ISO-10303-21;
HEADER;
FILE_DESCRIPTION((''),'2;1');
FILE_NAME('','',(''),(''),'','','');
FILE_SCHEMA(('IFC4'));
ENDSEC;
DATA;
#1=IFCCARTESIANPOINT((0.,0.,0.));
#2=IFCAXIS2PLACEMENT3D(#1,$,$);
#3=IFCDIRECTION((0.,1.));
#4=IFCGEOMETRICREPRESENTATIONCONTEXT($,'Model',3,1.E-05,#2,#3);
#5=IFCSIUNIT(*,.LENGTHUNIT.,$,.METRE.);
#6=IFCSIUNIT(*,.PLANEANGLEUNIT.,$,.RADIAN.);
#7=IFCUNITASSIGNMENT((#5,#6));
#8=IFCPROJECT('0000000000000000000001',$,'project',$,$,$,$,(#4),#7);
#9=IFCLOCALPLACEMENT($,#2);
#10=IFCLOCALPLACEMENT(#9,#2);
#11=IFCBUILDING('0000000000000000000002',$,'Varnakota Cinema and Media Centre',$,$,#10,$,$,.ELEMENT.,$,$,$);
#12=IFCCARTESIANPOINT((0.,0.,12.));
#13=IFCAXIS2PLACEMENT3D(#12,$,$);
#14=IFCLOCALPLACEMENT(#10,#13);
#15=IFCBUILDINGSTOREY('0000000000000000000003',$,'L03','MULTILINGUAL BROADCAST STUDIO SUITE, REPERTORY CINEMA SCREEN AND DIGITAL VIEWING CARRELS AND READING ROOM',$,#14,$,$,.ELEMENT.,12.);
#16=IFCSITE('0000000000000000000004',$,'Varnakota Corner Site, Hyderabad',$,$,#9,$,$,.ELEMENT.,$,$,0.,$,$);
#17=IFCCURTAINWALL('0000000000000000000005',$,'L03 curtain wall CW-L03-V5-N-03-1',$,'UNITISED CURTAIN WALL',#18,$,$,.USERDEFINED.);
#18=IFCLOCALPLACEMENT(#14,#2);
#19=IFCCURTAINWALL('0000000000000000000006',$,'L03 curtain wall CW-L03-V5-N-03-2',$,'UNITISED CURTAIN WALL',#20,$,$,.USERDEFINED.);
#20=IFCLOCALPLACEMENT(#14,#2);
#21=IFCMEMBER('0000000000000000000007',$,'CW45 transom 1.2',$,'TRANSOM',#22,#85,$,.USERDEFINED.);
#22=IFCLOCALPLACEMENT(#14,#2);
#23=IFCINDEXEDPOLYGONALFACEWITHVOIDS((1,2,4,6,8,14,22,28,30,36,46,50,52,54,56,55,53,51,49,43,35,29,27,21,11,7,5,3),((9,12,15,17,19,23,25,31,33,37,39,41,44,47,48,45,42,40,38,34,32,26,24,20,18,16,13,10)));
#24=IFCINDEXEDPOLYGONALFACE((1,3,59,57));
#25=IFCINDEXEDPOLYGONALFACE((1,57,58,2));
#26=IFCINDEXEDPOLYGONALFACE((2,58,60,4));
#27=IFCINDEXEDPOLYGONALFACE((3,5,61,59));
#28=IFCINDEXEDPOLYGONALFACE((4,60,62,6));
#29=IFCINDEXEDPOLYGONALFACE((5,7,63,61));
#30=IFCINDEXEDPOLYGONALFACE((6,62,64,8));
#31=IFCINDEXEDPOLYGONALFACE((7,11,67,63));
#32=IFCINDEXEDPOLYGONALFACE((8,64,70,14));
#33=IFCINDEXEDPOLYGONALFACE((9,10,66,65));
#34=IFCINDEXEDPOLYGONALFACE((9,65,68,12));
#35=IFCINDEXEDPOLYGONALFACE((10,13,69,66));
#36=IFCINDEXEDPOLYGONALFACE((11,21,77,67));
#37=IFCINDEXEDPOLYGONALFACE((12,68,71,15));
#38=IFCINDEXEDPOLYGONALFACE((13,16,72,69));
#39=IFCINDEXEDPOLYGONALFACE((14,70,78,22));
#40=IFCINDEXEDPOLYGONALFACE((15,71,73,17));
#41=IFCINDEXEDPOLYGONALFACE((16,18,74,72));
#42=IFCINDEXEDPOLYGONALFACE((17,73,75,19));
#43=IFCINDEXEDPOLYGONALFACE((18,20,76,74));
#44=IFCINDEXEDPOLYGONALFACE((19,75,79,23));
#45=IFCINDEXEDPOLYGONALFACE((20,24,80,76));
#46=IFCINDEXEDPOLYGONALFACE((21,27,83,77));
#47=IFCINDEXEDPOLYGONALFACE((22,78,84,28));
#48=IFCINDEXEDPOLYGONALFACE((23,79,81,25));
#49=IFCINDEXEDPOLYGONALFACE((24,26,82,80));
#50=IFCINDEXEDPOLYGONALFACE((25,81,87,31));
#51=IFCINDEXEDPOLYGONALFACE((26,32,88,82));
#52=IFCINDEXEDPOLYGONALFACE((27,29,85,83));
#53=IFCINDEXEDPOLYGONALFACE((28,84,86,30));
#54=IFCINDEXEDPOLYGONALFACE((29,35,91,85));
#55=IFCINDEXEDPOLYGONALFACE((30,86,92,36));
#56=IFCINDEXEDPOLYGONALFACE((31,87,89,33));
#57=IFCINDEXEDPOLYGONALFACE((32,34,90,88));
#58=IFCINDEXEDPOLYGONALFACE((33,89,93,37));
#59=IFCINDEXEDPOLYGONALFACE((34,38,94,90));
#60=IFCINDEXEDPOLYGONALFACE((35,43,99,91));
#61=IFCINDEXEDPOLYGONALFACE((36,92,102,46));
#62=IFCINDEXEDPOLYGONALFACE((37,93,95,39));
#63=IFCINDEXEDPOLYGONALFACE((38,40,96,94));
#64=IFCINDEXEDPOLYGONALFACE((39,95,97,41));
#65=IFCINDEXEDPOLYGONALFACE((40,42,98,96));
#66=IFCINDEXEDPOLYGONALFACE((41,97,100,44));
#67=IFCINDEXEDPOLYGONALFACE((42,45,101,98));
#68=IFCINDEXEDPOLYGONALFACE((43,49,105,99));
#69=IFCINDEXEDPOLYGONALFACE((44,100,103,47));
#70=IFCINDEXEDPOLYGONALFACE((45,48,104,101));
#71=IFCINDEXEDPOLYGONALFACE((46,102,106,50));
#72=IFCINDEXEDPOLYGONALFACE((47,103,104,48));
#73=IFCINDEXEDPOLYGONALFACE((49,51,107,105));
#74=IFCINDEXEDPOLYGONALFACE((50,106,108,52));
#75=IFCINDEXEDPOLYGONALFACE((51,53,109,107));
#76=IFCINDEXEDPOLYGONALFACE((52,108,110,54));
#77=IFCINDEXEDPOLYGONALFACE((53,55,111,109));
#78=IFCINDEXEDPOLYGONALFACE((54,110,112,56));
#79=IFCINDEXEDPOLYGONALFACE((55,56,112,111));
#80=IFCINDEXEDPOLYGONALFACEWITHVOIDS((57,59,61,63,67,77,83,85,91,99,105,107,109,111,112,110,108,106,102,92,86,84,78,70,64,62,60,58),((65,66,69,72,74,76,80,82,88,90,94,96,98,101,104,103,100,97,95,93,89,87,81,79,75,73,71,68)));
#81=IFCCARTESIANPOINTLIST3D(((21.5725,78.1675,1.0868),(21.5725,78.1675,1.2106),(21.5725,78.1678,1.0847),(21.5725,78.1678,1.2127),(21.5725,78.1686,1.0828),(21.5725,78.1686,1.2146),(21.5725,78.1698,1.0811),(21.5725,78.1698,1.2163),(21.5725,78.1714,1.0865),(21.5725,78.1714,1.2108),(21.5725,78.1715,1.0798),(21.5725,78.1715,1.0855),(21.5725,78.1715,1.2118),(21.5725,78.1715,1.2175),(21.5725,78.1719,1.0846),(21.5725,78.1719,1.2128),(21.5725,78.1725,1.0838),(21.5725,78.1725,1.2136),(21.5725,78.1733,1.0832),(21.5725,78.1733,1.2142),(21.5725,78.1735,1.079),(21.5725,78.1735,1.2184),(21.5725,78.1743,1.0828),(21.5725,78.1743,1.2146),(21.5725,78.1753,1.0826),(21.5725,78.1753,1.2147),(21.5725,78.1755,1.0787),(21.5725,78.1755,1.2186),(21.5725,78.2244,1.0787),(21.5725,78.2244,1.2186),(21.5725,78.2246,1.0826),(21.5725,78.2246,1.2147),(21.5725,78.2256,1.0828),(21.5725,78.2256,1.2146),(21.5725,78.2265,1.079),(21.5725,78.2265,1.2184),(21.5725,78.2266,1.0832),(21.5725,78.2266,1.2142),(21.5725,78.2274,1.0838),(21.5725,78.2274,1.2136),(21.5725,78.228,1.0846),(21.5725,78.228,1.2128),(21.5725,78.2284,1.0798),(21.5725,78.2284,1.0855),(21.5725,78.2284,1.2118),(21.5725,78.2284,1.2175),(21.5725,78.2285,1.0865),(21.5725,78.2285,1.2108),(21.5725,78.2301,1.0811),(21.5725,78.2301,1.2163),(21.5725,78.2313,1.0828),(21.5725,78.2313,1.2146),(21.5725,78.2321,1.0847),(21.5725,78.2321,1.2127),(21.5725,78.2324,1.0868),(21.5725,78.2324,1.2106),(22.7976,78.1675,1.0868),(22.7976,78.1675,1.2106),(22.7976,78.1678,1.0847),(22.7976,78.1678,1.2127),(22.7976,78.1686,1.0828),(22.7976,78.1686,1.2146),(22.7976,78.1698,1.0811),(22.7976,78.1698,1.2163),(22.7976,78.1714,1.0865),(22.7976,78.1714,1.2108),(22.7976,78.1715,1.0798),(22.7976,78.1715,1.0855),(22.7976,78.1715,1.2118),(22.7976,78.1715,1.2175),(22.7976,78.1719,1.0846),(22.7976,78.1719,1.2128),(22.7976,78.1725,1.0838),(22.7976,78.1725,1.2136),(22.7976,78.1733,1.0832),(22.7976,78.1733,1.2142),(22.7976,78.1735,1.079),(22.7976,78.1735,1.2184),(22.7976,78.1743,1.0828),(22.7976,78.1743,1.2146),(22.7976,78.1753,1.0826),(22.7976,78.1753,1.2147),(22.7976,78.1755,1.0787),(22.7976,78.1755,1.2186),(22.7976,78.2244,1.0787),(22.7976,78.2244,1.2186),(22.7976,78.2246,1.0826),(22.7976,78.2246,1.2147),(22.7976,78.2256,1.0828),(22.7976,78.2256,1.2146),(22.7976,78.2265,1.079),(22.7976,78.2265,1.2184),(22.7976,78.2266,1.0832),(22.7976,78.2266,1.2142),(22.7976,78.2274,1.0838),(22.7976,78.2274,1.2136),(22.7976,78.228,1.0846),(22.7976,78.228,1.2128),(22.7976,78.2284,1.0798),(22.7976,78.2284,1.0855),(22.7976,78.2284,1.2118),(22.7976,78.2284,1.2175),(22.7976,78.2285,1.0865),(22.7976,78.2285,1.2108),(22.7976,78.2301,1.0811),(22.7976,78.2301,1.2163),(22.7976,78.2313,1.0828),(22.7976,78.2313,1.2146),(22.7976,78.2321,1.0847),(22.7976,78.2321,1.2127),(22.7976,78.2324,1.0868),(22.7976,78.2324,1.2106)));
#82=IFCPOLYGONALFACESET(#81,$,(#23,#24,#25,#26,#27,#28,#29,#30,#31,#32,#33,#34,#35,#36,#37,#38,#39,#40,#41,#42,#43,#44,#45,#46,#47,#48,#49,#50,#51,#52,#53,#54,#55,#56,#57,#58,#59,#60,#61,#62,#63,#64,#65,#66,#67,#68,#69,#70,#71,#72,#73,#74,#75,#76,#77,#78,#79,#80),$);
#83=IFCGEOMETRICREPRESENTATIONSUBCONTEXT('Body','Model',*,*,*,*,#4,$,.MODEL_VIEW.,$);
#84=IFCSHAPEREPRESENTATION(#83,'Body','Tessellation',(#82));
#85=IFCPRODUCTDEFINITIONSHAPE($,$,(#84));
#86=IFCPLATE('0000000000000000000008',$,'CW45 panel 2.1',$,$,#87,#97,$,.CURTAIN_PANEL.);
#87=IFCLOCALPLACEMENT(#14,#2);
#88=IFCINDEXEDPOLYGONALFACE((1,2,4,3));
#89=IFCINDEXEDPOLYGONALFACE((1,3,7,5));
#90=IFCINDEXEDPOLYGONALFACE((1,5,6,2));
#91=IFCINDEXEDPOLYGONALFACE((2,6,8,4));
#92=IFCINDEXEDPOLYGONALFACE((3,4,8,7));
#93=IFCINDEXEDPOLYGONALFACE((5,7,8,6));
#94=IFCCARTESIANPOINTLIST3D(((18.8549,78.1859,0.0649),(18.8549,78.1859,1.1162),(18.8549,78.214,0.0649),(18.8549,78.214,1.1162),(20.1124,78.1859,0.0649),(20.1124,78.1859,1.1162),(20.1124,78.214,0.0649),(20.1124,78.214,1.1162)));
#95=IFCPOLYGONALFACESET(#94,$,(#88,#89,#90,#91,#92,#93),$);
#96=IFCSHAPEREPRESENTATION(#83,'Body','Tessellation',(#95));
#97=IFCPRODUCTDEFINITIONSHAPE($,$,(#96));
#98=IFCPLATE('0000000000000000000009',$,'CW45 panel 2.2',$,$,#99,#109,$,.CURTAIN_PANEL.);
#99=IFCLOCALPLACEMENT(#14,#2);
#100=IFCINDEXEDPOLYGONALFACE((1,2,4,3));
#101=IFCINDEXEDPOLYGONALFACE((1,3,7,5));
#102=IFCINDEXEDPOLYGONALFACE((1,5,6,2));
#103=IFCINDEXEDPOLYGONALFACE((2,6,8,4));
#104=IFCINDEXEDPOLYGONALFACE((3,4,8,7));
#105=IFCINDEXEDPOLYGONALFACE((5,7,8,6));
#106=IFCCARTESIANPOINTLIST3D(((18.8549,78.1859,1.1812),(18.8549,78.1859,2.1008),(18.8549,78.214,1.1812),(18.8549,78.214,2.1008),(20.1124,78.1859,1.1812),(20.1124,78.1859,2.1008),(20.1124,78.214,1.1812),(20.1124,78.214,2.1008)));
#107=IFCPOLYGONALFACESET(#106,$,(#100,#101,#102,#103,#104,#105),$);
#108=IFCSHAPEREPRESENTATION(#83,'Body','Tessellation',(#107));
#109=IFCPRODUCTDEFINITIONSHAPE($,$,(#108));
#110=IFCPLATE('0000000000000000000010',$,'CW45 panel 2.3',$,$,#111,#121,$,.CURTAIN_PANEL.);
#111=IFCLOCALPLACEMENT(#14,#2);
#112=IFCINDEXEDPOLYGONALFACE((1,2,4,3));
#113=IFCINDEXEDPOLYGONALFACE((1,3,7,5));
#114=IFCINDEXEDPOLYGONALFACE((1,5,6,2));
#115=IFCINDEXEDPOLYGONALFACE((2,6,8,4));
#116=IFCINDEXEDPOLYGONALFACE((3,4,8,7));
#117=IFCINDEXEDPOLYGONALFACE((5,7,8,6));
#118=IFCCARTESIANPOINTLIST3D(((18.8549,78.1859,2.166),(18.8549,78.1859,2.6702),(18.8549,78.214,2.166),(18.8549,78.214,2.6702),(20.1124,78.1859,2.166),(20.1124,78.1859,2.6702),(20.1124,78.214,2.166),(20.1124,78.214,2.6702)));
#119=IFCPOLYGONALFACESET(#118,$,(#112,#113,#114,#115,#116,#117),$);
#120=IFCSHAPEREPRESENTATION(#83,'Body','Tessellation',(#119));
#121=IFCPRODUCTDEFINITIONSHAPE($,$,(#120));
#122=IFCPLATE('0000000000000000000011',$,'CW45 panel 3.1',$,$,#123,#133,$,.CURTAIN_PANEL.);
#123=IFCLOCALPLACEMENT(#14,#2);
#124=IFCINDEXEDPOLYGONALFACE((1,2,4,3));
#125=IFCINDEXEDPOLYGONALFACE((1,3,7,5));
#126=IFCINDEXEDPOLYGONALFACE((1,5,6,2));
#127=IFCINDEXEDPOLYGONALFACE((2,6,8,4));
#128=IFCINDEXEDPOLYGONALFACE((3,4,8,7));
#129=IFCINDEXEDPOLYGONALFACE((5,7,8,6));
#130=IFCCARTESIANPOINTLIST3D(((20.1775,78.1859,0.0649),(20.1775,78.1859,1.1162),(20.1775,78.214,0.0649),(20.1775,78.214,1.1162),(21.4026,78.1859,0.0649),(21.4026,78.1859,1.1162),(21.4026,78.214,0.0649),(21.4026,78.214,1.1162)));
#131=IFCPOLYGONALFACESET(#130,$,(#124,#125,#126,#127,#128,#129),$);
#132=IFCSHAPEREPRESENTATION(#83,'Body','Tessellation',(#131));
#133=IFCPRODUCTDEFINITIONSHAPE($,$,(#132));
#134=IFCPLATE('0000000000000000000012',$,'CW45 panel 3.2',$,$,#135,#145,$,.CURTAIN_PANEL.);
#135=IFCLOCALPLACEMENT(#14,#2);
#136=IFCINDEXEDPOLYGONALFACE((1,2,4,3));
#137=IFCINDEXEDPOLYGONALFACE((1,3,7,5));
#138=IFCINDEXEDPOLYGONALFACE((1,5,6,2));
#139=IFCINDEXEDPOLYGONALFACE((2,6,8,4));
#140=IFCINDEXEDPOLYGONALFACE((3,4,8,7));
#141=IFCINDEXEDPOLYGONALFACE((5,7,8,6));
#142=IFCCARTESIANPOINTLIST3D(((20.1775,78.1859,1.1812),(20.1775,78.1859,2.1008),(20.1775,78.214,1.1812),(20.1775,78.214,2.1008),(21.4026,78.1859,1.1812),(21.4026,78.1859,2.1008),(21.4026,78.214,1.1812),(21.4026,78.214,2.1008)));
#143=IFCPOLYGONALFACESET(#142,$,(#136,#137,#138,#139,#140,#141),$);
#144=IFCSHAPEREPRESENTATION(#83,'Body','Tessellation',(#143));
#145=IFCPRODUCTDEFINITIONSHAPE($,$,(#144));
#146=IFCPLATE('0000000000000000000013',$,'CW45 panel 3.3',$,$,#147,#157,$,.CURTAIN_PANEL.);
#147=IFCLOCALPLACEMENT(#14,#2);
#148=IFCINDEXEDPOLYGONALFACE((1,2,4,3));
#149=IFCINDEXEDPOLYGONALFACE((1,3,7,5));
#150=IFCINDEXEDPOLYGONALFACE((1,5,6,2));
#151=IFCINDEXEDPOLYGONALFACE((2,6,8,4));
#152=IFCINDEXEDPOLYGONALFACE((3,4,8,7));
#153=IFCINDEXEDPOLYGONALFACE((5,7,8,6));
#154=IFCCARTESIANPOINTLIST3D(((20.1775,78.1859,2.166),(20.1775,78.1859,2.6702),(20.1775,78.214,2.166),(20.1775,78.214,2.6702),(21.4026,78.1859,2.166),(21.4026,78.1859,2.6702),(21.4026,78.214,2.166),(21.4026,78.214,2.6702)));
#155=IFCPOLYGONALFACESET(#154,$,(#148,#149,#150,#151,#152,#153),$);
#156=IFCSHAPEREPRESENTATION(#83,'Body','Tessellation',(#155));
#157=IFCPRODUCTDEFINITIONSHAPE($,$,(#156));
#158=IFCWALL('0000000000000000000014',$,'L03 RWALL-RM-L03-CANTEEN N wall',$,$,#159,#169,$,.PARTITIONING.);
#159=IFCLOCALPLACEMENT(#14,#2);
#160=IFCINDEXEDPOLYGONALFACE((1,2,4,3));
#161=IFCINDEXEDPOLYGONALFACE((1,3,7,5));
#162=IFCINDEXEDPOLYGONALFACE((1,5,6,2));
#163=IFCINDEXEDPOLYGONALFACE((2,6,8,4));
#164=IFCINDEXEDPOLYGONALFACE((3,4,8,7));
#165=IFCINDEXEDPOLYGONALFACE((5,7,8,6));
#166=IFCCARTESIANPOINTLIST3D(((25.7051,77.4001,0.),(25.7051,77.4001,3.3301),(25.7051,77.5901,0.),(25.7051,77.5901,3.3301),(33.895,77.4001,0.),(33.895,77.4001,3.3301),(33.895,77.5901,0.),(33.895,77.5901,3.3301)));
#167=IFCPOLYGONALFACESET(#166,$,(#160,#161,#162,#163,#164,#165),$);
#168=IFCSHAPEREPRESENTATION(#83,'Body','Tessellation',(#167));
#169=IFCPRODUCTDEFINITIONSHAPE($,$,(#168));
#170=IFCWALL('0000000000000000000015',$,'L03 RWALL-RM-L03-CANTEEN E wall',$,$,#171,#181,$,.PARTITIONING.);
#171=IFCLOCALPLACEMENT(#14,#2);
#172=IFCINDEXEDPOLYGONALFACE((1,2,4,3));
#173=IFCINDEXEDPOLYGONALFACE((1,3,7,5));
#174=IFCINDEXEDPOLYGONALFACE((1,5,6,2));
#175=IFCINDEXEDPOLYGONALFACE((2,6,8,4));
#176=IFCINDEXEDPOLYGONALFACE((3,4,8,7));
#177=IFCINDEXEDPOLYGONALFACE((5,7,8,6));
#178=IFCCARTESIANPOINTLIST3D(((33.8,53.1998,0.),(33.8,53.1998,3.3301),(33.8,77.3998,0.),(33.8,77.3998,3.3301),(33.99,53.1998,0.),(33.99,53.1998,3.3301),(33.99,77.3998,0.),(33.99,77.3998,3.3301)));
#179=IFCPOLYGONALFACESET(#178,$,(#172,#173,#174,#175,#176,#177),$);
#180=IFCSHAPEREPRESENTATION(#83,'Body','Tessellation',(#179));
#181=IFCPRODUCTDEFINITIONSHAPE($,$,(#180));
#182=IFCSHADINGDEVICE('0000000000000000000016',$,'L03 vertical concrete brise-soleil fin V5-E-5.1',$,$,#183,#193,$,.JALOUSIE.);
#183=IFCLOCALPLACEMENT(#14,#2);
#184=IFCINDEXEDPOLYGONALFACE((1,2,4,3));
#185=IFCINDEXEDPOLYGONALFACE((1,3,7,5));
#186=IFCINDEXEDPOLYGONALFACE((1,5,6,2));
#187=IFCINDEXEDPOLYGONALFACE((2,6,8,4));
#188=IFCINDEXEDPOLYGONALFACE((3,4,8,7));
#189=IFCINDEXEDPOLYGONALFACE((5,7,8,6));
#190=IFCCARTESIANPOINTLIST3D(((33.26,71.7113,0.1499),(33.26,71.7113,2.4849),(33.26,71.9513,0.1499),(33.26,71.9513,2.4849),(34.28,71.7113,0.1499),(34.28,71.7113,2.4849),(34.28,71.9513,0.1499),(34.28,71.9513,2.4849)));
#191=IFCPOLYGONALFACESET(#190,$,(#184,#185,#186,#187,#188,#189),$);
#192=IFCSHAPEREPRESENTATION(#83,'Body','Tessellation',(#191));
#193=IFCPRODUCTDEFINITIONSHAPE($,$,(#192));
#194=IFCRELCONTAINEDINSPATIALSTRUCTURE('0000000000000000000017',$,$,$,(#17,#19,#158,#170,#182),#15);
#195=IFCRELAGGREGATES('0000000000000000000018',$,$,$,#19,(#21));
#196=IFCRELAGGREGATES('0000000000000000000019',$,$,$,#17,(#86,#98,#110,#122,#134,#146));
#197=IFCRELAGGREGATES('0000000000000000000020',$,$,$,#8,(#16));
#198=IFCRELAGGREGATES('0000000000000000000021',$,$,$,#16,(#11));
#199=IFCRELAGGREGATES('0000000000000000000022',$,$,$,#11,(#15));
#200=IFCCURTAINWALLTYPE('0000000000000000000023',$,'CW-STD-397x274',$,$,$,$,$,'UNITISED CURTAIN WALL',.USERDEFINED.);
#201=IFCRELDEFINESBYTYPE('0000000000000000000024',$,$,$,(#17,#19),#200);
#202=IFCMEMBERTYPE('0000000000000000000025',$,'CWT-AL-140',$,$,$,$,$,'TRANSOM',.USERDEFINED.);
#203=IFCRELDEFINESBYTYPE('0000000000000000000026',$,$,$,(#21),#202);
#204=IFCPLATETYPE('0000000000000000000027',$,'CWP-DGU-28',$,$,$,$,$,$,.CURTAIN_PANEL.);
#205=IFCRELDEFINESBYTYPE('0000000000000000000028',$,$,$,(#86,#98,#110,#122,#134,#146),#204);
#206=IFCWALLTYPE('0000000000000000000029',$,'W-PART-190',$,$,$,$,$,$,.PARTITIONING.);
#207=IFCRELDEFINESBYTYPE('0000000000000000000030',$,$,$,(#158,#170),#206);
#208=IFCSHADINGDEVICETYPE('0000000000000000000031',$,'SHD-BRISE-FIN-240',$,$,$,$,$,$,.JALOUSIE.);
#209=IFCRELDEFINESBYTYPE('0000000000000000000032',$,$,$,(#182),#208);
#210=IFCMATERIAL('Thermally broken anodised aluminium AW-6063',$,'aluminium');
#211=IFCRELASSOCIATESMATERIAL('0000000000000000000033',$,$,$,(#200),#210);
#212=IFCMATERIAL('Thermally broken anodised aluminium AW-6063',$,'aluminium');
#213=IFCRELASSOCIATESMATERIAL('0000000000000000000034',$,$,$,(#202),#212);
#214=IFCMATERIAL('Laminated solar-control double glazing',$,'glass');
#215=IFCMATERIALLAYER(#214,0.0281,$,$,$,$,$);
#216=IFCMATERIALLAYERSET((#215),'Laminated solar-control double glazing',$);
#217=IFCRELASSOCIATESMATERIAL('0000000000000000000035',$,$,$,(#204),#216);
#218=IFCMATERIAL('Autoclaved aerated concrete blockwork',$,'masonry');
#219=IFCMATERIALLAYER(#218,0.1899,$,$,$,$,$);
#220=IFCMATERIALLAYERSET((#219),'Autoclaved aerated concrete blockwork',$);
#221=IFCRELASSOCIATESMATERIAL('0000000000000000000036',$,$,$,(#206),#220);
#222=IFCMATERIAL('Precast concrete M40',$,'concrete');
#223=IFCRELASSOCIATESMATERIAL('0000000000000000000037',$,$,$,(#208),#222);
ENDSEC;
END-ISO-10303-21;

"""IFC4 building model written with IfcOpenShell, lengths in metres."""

from ifc_helpers import new_model, si_unit, direction, frame, frame_2d, origin, origin_2d, place, context, subcontext, project, spatial, rectangle, hollow_rectangle, extrude, material, layer, layer_set, material_profile, profile_set, type_object, element, aggregate, save


model = new_model("IFC4")

# Units and contexts
model_context = context("Model", 3, precision=1e-05, world=origin(), true_north=direction((0.0, 1.0)))
body_context = subcontext(model_context, "Body", "Model", "MODEL_VIEW")
ifc_project = project(units=[si_unit("LENGTHUNIT", "METRE"), si_unit("PLANEANGLEUNIT", "RADIAN")], contexts=[model_context])

# Site, building, storey
site_placement = place(None, origin())
site = spatial("IfcSite", under=ifc_project, at=site_placement, Name="Varnakota Corner Site, Hyderabad", CompositionType="ELEMENT", RefElevation=0.0)
building_placement = place(site_placement, origin())
building = spatial("IfcBuilding", under=site, at=building_placement, Name="Varnakota Cinema and Media Centre", CompositionType="ELEMENT")
storey_placement = place(building_placement, frame((0.0, 0.0, 12.0)))
storey = spatial("IfcBuildingStorey", under=building, at=storey_placement, Name="L03", Description="MULTILINGUAL BROADCAST STUDIO SUITE, REPERTORY CINEMA SCREEN AND DIGITAL VIEWING CARRELS AND READING ROOM", CompositionType="ELEMENT", Elevation=12.0)

# Curtain wall
ifc_material_1 = material(Name="Thermally broken anodised aluminium AW-6063", Category="aluminium")
curtain_wall_type_1 = type_object("IfcCurtainWallType", Name="CW-STD-397x274", ElementType="UNITISED CURTAIN WALL", PredefinedType="USERDEFINED", material=ifc_material_1)
curtain_wall_1_placement = place(storey_placement, origin())
curtain_wall_1 = element("IfcCurtainWall", 1, at=curtain_wall_1_placement, inside=storey, type_object=curtain_wall_type_1, Name="L03 curtain wall CW-L03-V5-N-03-1", ObjectType="UNITISED CURTAIN WALL", PredefinedType="USERDEFINED")

# Curtain wall
curtain_wall_2_placement = place(storey_placement, origin())
curtain_wall_2 = element("IfcCurtainWall", 2, at=curtain_wall_2_placement, inside=storey, type_object=curtain_wall_type_1, Name="L03 curtain wall CW-L03-V5-N-03-2", ObjectType="UNITISED CURTAIN WALL", PredefinedType="USERDEFINED")

# Member
ifc_material_2 = material(Name="Thermally broken anodised aluminium AW-6063", Category="aluminium")
ifc_material_profile_1 = material_profile(ifc_material_2, hollow_rectangle(XDim=0.0649, YDim=0.1399, WallThickness=0.0039, InnerFilletRadius=0.0039, OuterFilletRadius=0.0081, at=origin_2d()), Name="AL-TRANSOM 140x65x4")
ifc_profile_set_1 = profile_set([ifc_material_profile_1], Name="Thermally broken anodised aluminium AW-6063")
member_type_1 = type_object("IfcMemberType", Name="CWT-AL-140", ElementType="TRANSOM", PredefinedType="USERDEFINED", material=ifc_profile_set_1)
member_1_placement = place(storey_placement, frame((21.5725, 78.2, 1.1487), z_axis=(1.0, 0.0, 0.0), x_axis=(0.0, 1.0, 0.0)))
member_1 = element("IfcMember", 3, at=member_1_placement, type_object=member_type_1, Name="CW45 transom 1.2", ObjectType="TRANSOM", PredefinedType="USERDEFINED", context=body_context, shape_type="SweptSolid", body=[
    extrude(hollow_rectangle(XDim=0.0649, YDim=0.1399, WallThickness=0.0039, InnerFilletRadius=0.0039, OuterFilletRadius=0.0081, at=origin_2d()), origin(), (0.0, 0.0, 1.0), 1.2251),
])
aggregate(curtain_wall_2, [member_1])

# Plates
ifc_material_3 = material(Name="Laminated solar-control double glazing", Category="glass")
ifc_layer_1 = layer(ifc_material_3, 0.0281)
ifc_layer_set_1 = layer_set([ifc_layer_1], Name="Laminated solar-control double glazing")
plate_type = type_object("IfcPlateType", Name="CWP-DGU-28", PredefinedType="CURTAIN_PANEL", material=ifc_layer_set_1)
plate_1_placement = place(storey_placement, frame((19.4836, 78.2, 0.0649), z_axis=(0.0, 0.0, 1.0), x_axis=(1.0, 0.0, 0.0)))
plate_1 = element("IfcPlate", 4, at=plate_1_placement, type_object=plate_type, Name="CW45 panel 2.1", PredefinedType="CURTAIN_PANEL", context=body_context, shape_type="SweptSolid", body=[
    extrude(rectangle(XDim=1.2576, YDim=0.0281, at=origin_2d()), origin(), (0.0, 0.0, 1.0), 1.0513),
])
plate_2_placement = place(storey_placement, frame((19.4836, 78.2, 1.1812), z_axis=(0.0, 0.0, 1.0), x_axis=(1.0, 0.0, 0.0)))
plate_2 = element("IfcPlate", 5, at=plate_2_placement, type_object=plate_type, Name="CW45 panel 2.2", PredefinedType="CURTAIN_PANEL", context=body_context, shape_type="SweptSolid", body=[
    extrude(rectangle(XDim=1.2576, YDim=0.0281, at=origin_2d()), origin(), (0.0, 0.0, 1.0), 0.9197),
])
plate_3_placement = place(storey_placement, frame((19.4836, 78.2, 2.166), z_axis=(0.0, 0.0, 1.0), x_axis=(1.0, 0.0, 0.0)))
plate_3 = element("IfcPlate", 6, at=plate_3_placement, type_object=plate_type, Name="CW45 panel 2.3", PredefinedType="CURTAIN_PANEL", context=body_context, shape_type="SweptSolid", body=[
    extrude(rectangle(XDim=1.2576, YDim=0.0281, at=origin_2d()), origin(), (0.0, 0.0, 1.0), 0.5042),
])
plate_4_placement = place(storey_placement, frame((20.79, 78.2, 0.0649), z_axis=(0.0, 0.0, 1.0), x_axis=(1.0, 0.0, 0.0)))
plate_4 = element("IfcPlate", 7, at=plate_4_placement, type_object=plate_type, Name="CW45 panel 3.1", PredefinedType="CURTAIN_PANEL", context=body_context, shape_type="SweptSolid", body=[
    extrude(rectangle(XDim=1.2251, YDim=0.0281, at=origin_2d()), origin(), (0.0, 0.0, 1.0), 1.0513),
])
plate_5_placement = place(storey_placement, frame((20.79, 78.2, 1.1812), z_axis=(0.0, 0.0, 1.0), x_axis=(1.0, 0.0, 0.0)))
plate_5 = element("IfcPlate", 8, at=plate_5_placement, type_object=plate_type, Name="CW45 panel 3.2", PredefinedType="CURTAIN_PANEL", context=body_context, shape_type="SweptSolid", body=[
    extrude(rectangle(XDim=1.2251, YDim=0.0281, at=origin_2d()), origin(), (0.0, 0.0, 1.0), 0.9197),
])
plate_6_placement = place(storey_placement, frame((20.79, 78.2, 2.166), z_axis=(0.0, 0.0, 1.0), x_axis=(1.0, 0.0, 0.0)))
plate_6 = element("IfcPlate", 9, at=plate_6_placement, type_object=plate_type, Name="CW45 panel 3.3", PredefinedType="CURTAIN_PANEL", context=body_context, shape_type="SweptSolid", body=[
    extrude(rectangle(XDim=1.2251, YDim=0.0281, at=origin_2d()), origin(), (0.0, 0.0, 1.0), 0.5042),
])
aggregate(curtain_wall_1, [plate_1, plate_2, plate_3, plate_4, plate_5, plate_6])

# Walls
ifc_material_4 = material(Name="Autoclaved aerated concrete blockwork", Category="masonry")
ifc_layer_2 = layer(ifc_material_4, 0.1899)
ifc_layer_set_2 = layer_set([ifc_layer_2], Name="Autoclaved aerated concrete blockwork")
wall_type = type_object("IfcWallType", Name="W-PART-190", PredefinedType="PARTITIONING", material=ifc_layer_set_2)
wall_1_placement = place(storey_placement, frame((25.7051, 77.4951, 0.0), z_axis=(0.0, 0.0, 1.0), x_axis=(1.0, 0.0, 0.0)))
element("IfcWall", 10, at=wall_1_placement, inside=storey, type_object=wall_type, Name="L03 RWALL-RM-L03-CANTEEN N wall", PredefinedType="PARTITIONING", context=body_context, shape_type="SweptSolid", body=[
    extrude(rectangle(XDim=8.1899, YDim=0.1899, at=frame_2d((4.095, 0.0))), origin(), (0.0, 0.0, 1.0), 3.3301),
])
wall_2_placement = place(storey_placement, frame((33.895, 77.3999, 0.0), z_axis=(0.0, 0.0, 1.0), x_axis=(0.0, -1.0, 0.0)))
element("IfcWall", 11, at=wall_2_placement, inside=storey, type_object=wall_type, Name="L03 RWALL-RM-L03-CANTEEN E wall", PredefinedType="PARTITIONING", context=body_context, shape_type="SweptSolid", body=[
    extrude(rectangle(XDim=24.2, YDim=0.1899, at=frame_2d((12.1001, 0.0))), origin(), (0.0, 0.0, 1.0), 3.3301),
])

# Shading device
ifc_material_5 = material(Name="Precast concrete M40", Category="concrete")
shading_device_type = type_object("IfcShadingDeviceType", Name="SHD-BRISE-FIN-240", PredefinedType="JALOUSIE", material=ifc_material_5)
for number, where, z_axis, x_axis, name in (
    (12, (33.77, 71.8313, 0.1499), (0.0, 0.0, 1.0), (0.0, 1.0, 0.0), "L03 vertical concrete brise-soleil fin V5-E-5.1"),
):
    element("IfcShadingDevice", number, at=place(storey_placement, frame(where, z_axis=z_axis, x_axis=x_axis)), inside=storey, type_object=shading_device_type, Name=name, PredefinedType="JALOUSIE", context=body_context, shape_type="SweptSolid", body=[
        extrude(rectangle(XDim=0.24, YDim=1.02, at=origin_2d()), origin(), (0.0, 0.0, 1.0), 2.335),
    ])

save(model, "model.ifc")
